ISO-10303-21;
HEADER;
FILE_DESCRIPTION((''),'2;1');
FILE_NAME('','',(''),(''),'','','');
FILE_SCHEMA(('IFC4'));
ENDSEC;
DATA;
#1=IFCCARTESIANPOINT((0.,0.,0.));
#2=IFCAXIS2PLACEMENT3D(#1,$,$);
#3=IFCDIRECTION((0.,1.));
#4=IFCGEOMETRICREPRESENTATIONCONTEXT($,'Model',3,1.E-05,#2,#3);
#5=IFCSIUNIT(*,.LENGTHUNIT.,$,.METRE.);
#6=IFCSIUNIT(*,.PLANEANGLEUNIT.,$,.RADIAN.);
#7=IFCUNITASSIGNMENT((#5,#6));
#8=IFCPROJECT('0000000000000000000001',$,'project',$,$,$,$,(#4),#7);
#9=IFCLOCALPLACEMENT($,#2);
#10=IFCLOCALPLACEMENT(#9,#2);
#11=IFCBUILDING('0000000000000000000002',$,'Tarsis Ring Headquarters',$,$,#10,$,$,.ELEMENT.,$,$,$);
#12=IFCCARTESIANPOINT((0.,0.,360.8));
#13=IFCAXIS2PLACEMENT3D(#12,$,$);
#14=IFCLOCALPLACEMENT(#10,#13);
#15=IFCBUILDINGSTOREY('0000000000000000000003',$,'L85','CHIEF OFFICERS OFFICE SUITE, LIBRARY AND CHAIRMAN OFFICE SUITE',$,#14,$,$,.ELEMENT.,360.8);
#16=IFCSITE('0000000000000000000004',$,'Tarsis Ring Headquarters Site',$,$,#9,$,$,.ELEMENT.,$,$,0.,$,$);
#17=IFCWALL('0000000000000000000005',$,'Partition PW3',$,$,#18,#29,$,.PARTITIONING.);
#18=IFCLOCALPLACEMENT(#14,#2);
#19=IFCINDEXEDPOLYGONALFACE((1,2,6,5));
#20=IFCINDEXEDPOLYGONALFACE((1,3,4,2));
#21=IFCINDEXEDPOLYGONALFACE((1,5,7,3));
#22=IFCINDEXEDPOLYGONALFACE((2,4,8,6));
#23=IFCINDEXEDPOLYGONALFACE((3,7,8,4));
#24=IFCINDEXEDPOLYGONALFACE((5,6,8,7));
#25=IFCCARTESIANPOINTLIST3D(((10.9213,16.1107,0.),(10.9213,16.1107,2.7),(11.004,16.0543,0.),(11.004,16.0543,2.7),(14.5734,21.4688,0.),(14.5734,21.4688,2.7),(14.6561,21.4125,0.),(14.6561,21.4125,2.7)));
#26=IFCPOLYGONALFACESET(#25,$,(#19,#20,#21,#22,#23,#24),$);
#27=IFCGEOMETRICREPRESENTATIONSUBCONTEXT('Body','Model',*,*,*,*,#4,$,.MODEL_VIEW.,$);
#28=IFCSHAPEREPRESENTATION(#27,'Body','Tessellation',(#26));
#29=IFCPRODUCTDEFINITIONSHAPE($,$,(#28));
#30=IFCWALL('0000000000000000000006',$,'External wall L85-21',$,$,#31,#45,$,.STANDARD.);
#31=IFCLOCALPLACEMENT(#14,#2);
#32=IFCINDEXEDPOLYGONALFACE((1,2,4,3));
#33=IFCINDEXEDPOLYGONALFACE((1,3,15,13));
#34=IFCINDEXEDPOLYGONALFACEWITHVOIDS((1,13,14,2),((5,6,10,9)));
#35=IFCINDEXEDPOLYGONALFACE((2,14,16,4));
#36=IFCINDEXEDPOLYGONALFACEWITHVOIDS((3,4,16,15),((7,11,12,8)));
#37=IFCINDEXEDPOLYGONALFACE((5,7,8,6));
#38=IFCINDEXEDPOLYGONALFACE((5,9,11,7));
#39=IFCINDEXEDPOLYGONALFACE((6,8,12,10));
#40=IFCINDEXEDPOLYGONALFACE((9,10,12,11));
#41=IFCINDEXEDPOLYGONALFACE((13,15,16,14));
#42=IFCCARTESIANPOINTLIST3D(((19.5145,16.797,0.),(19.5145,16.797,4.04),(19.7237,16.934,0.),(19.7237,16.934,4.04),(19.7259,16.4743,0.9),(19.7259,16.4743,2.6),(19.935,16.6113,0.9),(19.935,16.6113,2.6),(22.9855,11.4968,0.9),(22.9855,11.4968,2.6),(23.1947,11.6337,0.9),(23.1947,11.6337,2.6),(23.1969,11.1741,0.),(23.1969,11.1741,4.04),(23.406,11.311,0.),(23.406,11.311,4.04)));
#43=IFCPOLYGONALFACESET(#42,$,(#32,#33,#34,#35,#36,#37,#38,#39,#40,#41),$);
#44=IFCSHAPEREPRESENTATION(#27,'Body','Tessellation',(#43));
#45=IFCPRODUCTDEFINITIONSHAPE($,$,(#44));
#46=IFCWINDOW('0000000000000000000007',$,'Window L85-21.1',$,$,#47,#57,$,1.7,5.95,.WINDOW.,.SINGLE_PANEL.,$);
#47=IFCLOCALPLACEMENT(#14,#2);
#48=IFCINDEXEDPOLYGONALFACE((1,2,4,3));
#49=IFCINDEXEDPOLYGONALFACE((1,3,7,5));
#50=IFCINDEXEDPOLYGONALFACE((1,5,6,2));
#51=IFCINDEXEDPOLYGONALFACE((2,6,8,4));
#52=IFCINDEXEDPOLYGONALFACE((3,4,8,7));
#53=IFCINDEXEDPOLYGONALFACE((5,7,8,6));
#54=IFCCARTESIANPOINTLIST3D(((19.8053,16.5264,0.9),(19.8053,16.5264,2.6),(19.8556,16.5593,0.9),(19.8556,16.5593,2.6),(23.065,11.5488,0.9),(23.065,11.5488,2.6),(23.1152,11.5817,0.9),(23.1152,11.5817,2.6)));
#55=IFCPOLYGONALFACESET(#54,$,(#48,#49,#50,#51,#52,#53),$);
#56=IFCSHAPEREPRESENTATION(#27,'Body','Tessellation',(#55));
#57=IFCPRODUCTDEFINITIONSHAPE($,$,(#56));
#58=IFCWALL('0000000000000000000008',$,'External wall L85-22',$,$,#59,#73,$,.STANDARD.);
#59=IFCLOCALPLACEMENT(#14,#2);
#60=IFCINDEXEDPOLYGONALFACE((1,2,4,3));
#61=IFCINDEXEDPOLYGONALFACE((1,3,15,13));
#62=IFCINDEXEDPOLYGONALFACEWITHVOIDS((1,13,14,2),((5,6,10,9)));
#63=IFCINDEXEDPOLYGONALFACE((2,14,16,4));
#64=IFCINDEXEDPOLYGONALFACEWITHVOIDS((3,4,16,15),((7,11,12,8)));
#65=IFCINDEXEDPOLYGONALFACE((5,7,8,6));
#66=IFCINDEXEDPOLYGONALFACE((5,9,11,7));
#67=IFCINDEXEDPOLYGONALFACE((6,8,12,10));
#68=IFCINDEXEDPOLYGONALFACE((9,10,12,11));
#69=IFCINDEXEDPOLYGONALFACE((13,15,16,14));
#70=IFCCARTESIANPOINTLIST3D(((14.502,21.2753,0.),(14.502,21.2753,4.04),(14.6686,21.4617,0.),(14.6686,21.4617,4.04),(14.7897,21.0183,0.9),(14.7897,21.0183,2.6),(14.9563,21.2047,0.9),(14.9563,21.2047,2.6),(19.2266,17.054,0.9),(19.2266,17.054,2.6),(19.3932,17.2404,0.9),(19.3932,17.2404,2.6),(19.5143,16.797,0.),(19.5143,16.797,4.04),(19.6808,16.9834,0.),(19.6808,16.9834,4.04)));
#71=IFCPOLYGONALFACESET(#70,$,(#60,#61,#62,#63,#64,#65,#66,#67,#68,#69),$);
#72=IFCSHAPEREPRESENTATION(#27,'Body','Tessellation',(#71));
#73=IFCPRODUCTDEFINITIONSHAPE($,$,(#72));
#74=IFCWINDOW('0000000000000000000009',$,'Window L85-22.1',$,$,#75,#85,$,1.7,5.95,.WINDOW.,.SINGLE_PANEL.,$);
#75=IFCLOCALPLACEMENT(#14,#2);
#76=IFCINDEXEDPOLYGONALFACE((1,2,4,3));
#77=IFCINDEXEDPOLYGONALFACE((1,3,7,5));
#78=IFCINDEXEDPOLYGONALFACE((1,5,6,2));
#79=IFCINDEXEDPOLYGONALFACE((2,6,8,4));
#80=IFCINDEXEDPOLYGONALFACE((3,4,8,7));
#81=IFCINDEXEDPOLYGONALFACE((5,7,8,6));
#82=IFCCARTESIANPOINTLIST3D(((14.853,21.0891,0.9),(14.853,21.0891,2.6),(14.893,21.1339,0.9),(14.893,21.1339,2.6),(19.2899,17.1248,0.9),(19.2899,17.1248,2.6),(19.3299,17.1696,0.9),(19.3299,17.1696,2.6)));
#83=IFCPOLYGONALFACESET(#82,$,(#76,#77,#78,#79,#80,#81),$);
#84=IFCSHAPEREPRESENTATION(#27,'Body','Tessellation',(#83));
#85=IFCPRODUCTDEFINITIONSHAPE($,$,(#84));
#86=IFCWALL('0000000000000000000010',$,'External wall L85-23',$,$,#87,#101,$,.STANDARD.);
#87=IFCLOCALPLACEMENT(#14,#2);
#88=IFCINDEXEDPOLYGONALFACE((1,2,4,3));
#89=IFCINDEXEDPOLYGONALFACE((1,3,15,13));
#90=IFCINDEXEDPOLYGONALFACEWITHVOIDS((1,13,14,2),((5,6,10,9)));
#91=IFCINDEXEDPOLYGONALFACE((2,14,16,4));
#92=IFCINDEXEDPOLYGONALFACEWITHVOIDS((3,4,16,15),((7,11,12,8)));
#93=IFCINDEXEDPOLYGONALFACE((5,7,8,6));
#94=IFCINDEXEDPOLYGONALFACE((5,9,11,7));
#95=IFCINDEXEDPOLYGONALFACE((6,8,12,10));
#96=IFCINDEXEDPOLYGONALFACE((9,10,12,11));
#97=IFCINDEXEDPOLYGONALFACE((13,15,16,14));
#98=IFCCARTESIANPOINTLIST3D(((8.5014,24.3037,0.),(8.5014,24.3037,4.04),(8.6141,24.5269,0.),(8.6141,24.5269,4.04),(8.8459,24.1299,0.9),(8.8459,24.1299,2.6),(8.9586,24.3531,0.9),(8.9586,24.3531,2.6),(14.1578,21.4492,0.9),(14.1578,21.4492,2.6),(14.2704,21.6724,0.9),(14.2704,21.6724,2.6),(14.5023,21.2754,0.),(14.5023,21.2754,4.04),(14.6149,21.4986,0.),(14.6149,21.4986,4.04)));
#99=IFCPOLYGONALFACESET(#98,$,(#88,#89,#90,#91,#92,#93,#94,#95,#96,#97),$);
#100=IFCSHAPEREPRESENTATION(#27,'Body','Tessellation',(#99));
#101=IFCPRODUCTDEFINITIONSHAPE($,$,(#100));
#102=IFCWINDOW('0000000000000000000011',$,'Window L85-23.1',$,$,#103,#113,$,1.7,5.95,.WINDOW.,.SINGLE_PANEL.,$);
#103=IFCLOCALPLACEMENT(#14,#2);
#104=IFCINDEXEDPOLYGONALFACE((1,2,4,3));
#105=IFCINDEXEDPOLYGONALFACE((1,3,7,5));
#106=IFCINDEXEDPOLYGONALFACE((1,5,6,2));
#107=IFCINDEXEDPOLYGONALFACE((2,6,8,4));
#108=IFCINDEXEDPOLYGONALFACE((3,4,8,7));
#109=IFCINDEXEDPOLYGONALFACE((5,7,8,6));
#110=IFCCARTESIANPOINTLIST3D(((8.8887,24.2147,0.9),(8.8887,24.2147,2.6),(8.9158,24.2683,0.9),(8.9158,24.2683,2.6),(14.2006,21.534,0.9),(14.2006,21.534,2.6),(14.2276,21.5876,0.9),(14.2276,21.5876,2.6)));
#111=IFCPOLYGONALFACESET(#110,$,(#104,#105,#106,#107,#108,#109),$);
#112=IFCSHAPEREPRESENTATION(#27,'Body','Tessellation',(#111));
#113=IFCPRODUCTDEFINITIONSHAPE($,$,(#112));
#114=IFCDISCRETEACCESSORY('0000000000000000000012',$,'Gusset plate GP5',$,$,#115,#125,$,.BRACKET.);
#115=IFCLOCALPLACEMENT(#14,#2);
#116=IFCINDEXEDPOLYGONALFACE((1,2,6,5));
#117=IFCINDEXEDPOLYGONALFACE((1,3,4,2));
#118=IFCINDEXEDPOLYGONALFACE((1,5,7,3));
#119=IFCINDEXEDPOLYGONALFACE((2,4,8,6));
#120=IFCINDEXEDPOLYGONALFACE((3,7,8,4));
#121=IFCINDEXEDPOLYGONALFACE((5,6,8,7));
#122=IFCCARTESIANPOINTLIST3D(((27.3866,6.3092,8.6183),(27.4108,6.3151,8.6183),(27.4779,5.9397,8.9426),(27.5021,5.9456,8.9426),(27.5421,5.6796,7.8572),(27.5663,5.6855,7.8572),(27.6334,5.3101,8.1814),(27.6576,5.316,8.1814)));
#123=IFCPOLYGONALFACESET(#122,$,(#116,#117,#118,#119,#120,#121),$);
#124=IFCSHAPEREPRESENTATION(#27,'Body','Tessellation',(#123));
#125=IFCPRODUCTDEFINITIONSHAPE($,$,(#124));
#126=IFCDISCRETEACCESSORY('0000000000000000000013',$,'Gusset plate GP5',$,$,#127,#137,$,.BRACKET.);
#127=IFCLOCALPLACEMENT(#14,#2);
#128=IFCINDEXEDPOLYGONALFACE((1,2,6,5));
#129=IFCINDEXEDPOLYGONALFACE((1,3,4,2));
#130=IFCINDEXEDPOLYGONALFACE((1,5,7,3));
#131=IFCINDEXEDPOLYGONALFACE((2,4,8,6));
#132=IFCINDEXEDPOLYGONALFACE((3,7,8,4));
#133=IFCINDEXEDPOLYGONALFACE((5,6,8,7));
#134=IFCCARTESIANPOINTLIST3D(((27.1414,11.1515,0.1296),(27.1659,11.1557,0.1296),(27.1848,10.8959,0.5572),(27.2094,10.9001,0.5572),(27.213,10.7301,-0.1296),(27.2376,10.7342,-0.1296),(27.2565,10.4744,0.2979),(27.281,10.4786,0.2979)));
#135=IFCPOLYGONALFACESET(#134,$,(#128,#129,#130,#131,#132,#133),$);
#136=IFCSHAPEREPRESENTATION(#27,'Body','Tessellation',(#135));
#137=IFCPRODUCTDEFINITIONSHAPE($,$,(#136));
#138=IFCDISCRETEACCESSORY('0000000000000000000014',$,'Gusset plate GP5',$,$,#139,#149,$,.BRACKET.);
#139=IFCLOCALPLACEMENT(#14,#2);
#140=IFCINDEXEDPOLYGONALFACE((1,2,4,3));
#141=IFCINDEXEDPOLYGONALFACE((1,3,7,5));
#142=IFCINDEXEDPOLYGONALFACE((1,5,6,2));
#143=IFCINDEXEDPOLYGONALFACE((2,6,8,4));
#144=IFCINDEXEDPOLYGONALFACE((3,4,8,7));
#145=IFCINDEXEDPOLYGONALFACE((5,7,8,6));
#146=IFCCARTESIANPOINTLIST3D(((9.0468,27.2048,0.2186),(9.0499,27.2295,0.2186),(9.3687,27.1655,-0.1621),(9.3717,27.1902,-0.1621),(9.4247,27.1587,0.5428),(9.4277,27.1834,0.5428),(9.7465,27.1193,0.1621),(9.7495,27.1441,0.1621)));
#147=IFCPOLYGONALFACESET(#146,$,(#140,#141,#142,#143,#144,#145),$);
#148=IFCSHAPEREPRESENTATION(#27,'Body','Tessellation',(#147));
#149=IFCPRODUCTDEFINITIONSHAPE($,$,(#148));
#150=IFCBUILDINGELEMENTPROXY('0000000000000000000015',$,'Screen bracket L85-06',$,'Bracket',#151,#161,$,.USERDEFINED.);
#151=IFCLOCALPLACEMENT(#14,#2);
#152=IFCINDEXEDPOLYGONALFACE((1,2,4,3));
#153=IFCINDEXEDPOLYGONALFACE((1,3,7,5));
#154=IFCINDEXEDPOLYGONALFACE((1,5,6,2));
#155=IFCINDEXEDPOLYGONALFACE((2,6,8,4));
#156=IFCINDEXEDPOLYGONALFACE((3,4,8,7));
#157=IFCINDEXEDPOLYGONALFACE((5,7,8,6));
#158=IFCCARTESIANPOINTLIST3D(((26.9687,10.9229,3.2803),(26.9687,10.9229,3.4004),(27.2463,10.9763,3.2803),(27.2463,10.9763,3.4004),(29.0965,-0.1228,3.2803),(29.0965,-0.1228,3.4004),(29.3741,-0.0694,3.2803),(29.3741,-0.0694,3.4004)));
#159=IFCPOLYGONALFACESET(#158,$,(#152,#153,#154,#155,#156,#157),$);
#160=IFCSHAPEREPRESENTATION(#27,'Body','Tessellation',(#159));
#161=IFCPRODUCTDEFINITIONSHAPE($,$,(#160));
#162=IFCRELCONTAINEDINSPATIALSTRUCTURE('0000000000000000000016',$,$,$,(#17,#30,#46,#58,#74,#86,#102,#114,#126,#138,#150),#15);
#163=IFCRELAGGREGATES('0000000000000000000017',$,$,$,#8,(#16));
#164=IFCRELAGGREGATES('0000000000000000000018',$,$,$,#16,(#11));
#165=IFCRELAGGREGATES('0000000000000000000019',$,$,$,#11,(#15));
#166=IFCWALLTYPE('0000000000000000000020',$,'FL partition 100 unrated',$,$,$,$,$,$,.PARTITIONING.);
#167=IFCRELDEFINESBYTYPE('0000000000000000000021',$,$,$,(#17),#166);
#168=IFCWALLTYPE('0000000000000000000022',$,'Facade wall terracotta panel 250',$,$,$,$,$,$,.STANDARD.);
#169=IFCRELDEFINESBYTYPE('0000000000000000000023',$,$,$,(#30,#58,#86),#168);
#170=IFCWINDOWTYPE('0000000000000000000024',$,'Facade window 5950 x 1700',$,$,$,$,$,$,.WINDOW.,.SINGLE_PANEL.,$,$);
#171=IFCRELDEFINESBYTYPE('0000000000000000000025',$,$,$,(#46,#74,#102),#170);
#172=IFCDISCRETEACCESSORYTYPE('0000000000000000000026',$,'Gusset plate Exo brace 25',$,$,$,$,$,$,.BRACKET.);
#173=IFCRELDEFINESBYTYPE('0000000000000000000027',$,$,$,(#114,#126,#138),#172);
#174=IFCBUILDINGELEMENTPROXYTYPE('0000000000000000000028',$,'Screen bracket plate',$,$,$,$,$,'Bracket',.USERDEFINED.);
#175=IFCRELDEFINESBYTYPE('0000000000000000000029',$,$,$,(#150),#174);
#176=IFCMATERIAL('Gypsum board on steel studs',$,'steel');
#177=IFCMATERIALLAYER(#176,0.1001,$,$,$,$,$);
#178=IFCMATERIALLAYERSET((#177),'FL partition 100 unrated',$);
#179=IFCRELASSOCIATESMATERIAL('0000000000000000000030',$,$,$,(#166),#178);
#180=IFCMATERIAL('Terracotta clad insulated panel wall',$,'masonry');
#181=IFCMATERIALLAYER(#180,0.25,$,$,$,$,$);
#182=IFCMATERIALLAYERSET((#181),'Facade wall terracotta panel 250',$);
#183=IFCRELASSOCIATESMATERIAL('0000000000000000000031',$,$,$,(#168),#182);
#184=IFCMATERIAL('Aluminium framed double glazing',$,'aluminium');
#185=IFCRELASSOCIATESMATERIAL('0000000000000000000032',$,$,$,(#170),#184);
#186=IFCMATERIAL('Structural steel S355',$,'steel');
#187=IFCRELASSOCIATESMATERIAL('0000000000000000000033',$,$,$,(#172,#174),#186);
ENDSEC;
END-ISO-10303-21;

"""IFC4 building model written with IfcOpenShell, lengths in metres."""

from ifc_helpers import new_model, si_unit, direction, frame, frame_2d, origin, origin_2d, place, context, subcontext, project, spatial, rectangle, extrude, material, layer, layer_set, material_profile, profile_set, type_object, element, fill, save


model = new_model("IFC4")

# Units and contexts
model_context = context("Model", 3, precision=1e-05, world=origin(), true_north=direction((0.0, 1.0)))
body_context = subcontext(model_context, "Body", "Model", "MODEL_VIEW")
ifc_project = project(units=[si_unit("LENGTHUNIT", "METRE"), si_unit("PLANEANGLEUNIT", "RADIAN")], contexts=[model_context])

# Site, building, storey
site_placement = place(None, origin())
site = spatial("IfcSite", under=ifc_project, at=site_placement, Name="Tarsis Ring Headquarters Site", CompositionType="ELEMENT", RefElevation=0.0)
building_placement = place(site_placement, origin())
building = spatial("IfcBuilding", under=site, at=building_placement, Name="Tarsis Ring Headquarters", CompositionType="ELEMENT")
storey_placement = place(building_placement, frame((0.0, 0.0, 360.8)))
storey = spatial("IfcBuildingStorey", under=building, at=storey_placement, Name="L85", Description="CHIEF OFFICERS OFFICE SUITE, LIBRARY AND CHAIRMAN OFFICE SUITE", CompositionType="ELEMENT", Elevation=360.8)

# Shared definitions
ifc_material_1 = material(Name="Structural steel S355", Category="steel")

# Wall
ifc_material_2 = material(Name="Gypsum board on steel studs", Category="steel")
ifc_layer_1 = layer(ifc_material_2, 0.1001)
ifc_layer_set_1 = layer_set([ifc_layer_1], Name="FL partition 100 unrated")
wall_type_1 = type_object("IfcWallType", Name="FL partition 100 unrated", PredefinedType="PARTITIONING", material=ifc_layer_set_1)
wall_1_placement = place(storey_placement, frame((10.9626, 16.0825, 0.0), z_axis=(0.0, 0.0, 1.0), x_axis=(0.563212, 0.826313, 0.0)))
element("IfcWall", 1, at=wall_1_placement, inside=storey, type_object=wall_type_1, Name="Partition PW3", PredefinedType="PARTITIONING", context=body_context, shape_type="SweptSolid", body=[
    extrude(rectangle(XDim=6.4844, YDim=0.1001, at=frame_2d((3.2422, 0.0))), origin(), (0.0, 0.0, 1.0), 2.7),
])

# Walls, openings, windows
ifc_material_3 = material(Name="Terracotta clad insulated panel wall", Category="masonry")
ifc_layer_2 = layer(ifc_material_3, 0.25)
ifc_layer_set_2 = layer_set([ifc_layer_2], Name="Facade wall terracotta panel 250")
wall_type_2 = type_object("IfcWallType", Name="Facade wall terracotta panel 250", PredefinedType="STANDARD", material=ifc_layer_set_2)
wall_2_placement = place(storey_placement, frame((23.3015, 11.2424, 0.0), z_axis=(0.0, 0.0, 1.0), x_axis=(-0.54785, 0.836577, 0.0)))
wall_2 = element("IfcWall", 2, at=wall_2_placement, inside=storey, type_object=wall_type_2, Name="External wall L85-21", PredefinedType="STANDARD", context=body_context, shape_type="SweptSolid", body=[
    extrude(rectangle(XDim=6.7214, YDim=0.25, at=frame_2d((3.3608, 0.0))), origin(), (0.0, 0.0, 1.0), 4.04),
])
opening_1_placement = place(wall_2_placement, frame((0.3857, 0.0, 0.8999)))
opening_1 = element("IfcOpeningElement", 3, at=opening_1_placement, cuts=wall_2, PredefinedType="OPENING", context=body_context, shape_type="SweptSolid", body=[
    extrude(rectangle(XDim=5.95, YDim=1.7, at=frame_2d((2.9751, 0.8501))), frame((0.0, 0.135, 0.0), z_axis=(0.0, -1.0, 0.0), x_axis=(1.0, 0.0, 0.0)), (0.0, 0.0, 1.0), 0.27),
])
ifc_material_4 = material(Name="Aluminium framed double glazing", Category="aluminium")
window_type = type_object("IfcWindowType", Name="Facade window 5950 x 1700", PartitioningType="SINGLE_PANEL", PredefinedType="WINDOW", material=ifc_material_4)
window_1_placement = place(opening_1_placement, origin())
window_1 = element("IfcWindow", 4, at=window_1_placement, inside=storey, type_object=window_type, Name="Window L85-21.1", OverallHeight=1.7, OverallWidth=5.95, PartitioningType="SINGLE_PANEL", PredefinedType="WINDOW", context=body_context, shape_type="SweptSolid", body=[
    extrude(rectangle(XDim=5.95, YDim=1.7, at=frame_2d((2.9751, 0.8501))), frame((0.0, 0.03, 0.0), z_axis=(0.0, -1.0, 0.0), x_axis=(1.0, 0.0, 0.0)), (0.0, 0.0, 1.0), 0.0601),
])
fill(opening_1, window_1)
wall_3_placement = place(storey_placement, frame((19.5977, 16.8901, 0.0), z_axis=(0.0, 0.0, 1.0), x_axis=(-0.745709, 0.666271, 0.0)))
wall_3 = element("IfcWall", 5, at=wall_3_placement, inside=storey, type_object=wall_type_2, Name="External wall L85-22", PredefinedType="STANDARD", context=body_context, shape_type="SweptSolid", body=[
    extrude(rectangle(XDim=6.7214, YDim=0.25, at=frame_2d((3.3608, 0.0))), origin(), (0.0, 0.0, 1.0), 4.04),
])
opening_2_placement = place(wall_3_placement, frame((0.3857, 0.0, 0.8999)))
opening_2 = element("IfcOpeningElement", 6, at=opening_2_placement, cuts=wall_3, PredefinedType="OPENING", context=body_context, shape_type="SweptSolid", body=[
    extrude(rectangle(XDim=5.95, YDim=1.7, at=frame_2d((2.9751, 0.8501))), frame((0.0, 0.135, 0.0), z_axis=(0.0, -1.0, 0.0), x_axis=(1.0, 0.0, 0.0)), (0.0, 0.0, 1.0), 0.27),
])
window_2_placement = place(opening_2_placement, origin())
window_2 = element("IfcWindow", 7, at=window_2_placement, inside=storey, type_object=window_type, Name="Window L85-22.1", OverallHeight=1.7, OverallWidth=5.95, PartitioningType="SINGLE_PANEL", PredefinedType="WINDOW", context=body_context, shape_type="SweptSolid", body=[
    extrude(rectangle(XDim=5.95, YDim=1.7, at=frame_2d((2.9751, 0.8501))), frame((0.0, 0.03, 0.0), z_axis=(0.0, -1.0, 0.0), x_axis=(1.0, 0.0, 0.0)), (0.0, 0.0, 1.0), 0.0601),
])
fill(opening_2, window_2)
wall_4_placement = place(storey_placement, frame((14.5586, 21.387, 0.0), z_axis=(0.0, 0.0, 1.0), x_axis=(-0.892757, 0.450538, 0.0)))
wall_4 = element("IfcWall", 8, at=wall_4_placement, inside=storey, type_object=wall_type_2, Name="External wall L85-23", PredefinedType="STANDARD", context=body_context, shape_type="SweptSolid", body=[
    extrude(rectangle(XDim=6.7217, YDim=0.25, at=frame_2d((3.3608, 0.0))), origin(), (0.0, 0.0, 1.0), 4.04),
])
opening_3_placement = place(wall_4_placement, frame((0.3857, 0.0, 0.8999)))
opening_3 = element("IfcOpeningElement", 9, at=opening_3_placement, cuts=wall_4, PredefinedType="OPENING", context=body_context, shape_type="SweptSolid", body=[
    extrude(rectangle(XDim=5.95, YDim=1.7, at=frame_2d((2.9751, 0.8501))), frame((0.0, 0.135, 0.0), z_axis=(0.0, -1.0, 0.0), x_axis=(1.0, 0.0, 0.0)), (0.0, 0.0, 1.0), 0.27),
])
window_3_placement = place(opening_3_placement, origin())
window_3 = element("IfcWindow", 10, at=window_3_placement, inside=storey, type_object=window_type, Name="Window L85-23.1", OverallHeight=1.7, OverallWidth=5.95, PartitioningType="SINGLE_PANEL", PredefinedType="WINDOW", context=body_context, shape_type="SweptSolid", body=[
    extrude(rectangle(XDim=5.95, YDim=1.7, at=frame_2d((2.9751, 0.8501))), frame((0.0, 0.03, 0.0), z_axis=(0.0, -1.0, 0.0), x_axis=(1.0, 0.0, 0.0)), (0.0, 0.0, 1.0), 0.0601),
])
fill(opening_3, window_3)

# Discrete accessories
ifc_material_profile_1 = material_profile(ifc_material_1, rectangle(XDim=0.0249, YDim=0.5, at=origin_2d()), Name="PL 25x500")
ifc_profile_set_1 = profile_set([ifc_material_profile_1], Name="Structural steel S355")
discrete_accessory_type = type_object("IfcDiscreteAccessoryType", Name="Gusset plate Exo brace 25", PredefinedType="BRACKET", material=ifc_profile_set_1)
discrete_accessory_placement = place(storey_placement, frame((27.5999, 5.4978, 8.0193), z_axis=(-0.15551, 0.629606, 0.761191), x_axis=(-0.970825, -0.239789, 0.0)))
element("IfcDiscreteAccessory", 11, at=discrete_accessory_placement, inside=storey, type_object=discrete_accessory_type, Name="Gusset plate GP5", PredefinedType="BRACKET", context=body_context, shape_type="SweptSolid", body=[
    extrude(rectangle(XDim=0.0249, YDim=0.5, at=origin_2d()), origin(), (0.0, 0.0, 1.0), 1.0),
])
for number, where, z_axis, x_axis, name in (
    (12, (27.1895, 10.9429, 0.0), (0.086918, -0.511255, 0.855022), (0.985854, 0.167605, 0.0), "Gusset plate GP5"),
    (13, (9.5591, 27.1548, 0.0), (-0.643614, 0.078621, 0.761301), (-0.121253, -0.992622, 0.0), "Gusset plate GP5"),
):
    element("IfcDiscreteAccessory", number, at=place(storey_placement, frame(where, z_axis=z_axis, x_axis=x_axis)), inside=storey, type_object=discrete_accessory_type, Name=name, PredefinedType="BRACKET", context=body_context, shape_type="SweptSolid", body=[
        extrude(rectangle(XDim=0.0249, YDim=0.5, at=origin_2d()), origin(), (0.0, 0.0, 1.0), 0.5),
    ])

# Building element proxy
building_element_proxy_type = type_object("IfcBuildingElementProxyType", Name="Screen bracket plate", ElementType="Bracket", PredefinedType="USERDEFINED", material=ifc_material_1)
proxy_placement = place(storey_placement, frame((28.1714, 5.4268, 3.2803), z_axis=(0.0, 0.0, 1.0), x_axis=(-0.18916, 0.981946, 0.0)))
element("IfcBuildingElementProxy", 14, at=proxy_placement, inside=storey, type_object=building_element_proxy_type, Name="Screen bracket L85-06", ObjectType="Bracket", PredefinedType="USERDEFINED", context=body_context, shape_type="SweptSolid", body=[
    extrude(rectangle(XDim=11.2488, YDim=0.2827, at=origin_2d()), origin(), (0.0, 0.0, 1.0), 0.1201),
])

save(model, "model.ifc")
